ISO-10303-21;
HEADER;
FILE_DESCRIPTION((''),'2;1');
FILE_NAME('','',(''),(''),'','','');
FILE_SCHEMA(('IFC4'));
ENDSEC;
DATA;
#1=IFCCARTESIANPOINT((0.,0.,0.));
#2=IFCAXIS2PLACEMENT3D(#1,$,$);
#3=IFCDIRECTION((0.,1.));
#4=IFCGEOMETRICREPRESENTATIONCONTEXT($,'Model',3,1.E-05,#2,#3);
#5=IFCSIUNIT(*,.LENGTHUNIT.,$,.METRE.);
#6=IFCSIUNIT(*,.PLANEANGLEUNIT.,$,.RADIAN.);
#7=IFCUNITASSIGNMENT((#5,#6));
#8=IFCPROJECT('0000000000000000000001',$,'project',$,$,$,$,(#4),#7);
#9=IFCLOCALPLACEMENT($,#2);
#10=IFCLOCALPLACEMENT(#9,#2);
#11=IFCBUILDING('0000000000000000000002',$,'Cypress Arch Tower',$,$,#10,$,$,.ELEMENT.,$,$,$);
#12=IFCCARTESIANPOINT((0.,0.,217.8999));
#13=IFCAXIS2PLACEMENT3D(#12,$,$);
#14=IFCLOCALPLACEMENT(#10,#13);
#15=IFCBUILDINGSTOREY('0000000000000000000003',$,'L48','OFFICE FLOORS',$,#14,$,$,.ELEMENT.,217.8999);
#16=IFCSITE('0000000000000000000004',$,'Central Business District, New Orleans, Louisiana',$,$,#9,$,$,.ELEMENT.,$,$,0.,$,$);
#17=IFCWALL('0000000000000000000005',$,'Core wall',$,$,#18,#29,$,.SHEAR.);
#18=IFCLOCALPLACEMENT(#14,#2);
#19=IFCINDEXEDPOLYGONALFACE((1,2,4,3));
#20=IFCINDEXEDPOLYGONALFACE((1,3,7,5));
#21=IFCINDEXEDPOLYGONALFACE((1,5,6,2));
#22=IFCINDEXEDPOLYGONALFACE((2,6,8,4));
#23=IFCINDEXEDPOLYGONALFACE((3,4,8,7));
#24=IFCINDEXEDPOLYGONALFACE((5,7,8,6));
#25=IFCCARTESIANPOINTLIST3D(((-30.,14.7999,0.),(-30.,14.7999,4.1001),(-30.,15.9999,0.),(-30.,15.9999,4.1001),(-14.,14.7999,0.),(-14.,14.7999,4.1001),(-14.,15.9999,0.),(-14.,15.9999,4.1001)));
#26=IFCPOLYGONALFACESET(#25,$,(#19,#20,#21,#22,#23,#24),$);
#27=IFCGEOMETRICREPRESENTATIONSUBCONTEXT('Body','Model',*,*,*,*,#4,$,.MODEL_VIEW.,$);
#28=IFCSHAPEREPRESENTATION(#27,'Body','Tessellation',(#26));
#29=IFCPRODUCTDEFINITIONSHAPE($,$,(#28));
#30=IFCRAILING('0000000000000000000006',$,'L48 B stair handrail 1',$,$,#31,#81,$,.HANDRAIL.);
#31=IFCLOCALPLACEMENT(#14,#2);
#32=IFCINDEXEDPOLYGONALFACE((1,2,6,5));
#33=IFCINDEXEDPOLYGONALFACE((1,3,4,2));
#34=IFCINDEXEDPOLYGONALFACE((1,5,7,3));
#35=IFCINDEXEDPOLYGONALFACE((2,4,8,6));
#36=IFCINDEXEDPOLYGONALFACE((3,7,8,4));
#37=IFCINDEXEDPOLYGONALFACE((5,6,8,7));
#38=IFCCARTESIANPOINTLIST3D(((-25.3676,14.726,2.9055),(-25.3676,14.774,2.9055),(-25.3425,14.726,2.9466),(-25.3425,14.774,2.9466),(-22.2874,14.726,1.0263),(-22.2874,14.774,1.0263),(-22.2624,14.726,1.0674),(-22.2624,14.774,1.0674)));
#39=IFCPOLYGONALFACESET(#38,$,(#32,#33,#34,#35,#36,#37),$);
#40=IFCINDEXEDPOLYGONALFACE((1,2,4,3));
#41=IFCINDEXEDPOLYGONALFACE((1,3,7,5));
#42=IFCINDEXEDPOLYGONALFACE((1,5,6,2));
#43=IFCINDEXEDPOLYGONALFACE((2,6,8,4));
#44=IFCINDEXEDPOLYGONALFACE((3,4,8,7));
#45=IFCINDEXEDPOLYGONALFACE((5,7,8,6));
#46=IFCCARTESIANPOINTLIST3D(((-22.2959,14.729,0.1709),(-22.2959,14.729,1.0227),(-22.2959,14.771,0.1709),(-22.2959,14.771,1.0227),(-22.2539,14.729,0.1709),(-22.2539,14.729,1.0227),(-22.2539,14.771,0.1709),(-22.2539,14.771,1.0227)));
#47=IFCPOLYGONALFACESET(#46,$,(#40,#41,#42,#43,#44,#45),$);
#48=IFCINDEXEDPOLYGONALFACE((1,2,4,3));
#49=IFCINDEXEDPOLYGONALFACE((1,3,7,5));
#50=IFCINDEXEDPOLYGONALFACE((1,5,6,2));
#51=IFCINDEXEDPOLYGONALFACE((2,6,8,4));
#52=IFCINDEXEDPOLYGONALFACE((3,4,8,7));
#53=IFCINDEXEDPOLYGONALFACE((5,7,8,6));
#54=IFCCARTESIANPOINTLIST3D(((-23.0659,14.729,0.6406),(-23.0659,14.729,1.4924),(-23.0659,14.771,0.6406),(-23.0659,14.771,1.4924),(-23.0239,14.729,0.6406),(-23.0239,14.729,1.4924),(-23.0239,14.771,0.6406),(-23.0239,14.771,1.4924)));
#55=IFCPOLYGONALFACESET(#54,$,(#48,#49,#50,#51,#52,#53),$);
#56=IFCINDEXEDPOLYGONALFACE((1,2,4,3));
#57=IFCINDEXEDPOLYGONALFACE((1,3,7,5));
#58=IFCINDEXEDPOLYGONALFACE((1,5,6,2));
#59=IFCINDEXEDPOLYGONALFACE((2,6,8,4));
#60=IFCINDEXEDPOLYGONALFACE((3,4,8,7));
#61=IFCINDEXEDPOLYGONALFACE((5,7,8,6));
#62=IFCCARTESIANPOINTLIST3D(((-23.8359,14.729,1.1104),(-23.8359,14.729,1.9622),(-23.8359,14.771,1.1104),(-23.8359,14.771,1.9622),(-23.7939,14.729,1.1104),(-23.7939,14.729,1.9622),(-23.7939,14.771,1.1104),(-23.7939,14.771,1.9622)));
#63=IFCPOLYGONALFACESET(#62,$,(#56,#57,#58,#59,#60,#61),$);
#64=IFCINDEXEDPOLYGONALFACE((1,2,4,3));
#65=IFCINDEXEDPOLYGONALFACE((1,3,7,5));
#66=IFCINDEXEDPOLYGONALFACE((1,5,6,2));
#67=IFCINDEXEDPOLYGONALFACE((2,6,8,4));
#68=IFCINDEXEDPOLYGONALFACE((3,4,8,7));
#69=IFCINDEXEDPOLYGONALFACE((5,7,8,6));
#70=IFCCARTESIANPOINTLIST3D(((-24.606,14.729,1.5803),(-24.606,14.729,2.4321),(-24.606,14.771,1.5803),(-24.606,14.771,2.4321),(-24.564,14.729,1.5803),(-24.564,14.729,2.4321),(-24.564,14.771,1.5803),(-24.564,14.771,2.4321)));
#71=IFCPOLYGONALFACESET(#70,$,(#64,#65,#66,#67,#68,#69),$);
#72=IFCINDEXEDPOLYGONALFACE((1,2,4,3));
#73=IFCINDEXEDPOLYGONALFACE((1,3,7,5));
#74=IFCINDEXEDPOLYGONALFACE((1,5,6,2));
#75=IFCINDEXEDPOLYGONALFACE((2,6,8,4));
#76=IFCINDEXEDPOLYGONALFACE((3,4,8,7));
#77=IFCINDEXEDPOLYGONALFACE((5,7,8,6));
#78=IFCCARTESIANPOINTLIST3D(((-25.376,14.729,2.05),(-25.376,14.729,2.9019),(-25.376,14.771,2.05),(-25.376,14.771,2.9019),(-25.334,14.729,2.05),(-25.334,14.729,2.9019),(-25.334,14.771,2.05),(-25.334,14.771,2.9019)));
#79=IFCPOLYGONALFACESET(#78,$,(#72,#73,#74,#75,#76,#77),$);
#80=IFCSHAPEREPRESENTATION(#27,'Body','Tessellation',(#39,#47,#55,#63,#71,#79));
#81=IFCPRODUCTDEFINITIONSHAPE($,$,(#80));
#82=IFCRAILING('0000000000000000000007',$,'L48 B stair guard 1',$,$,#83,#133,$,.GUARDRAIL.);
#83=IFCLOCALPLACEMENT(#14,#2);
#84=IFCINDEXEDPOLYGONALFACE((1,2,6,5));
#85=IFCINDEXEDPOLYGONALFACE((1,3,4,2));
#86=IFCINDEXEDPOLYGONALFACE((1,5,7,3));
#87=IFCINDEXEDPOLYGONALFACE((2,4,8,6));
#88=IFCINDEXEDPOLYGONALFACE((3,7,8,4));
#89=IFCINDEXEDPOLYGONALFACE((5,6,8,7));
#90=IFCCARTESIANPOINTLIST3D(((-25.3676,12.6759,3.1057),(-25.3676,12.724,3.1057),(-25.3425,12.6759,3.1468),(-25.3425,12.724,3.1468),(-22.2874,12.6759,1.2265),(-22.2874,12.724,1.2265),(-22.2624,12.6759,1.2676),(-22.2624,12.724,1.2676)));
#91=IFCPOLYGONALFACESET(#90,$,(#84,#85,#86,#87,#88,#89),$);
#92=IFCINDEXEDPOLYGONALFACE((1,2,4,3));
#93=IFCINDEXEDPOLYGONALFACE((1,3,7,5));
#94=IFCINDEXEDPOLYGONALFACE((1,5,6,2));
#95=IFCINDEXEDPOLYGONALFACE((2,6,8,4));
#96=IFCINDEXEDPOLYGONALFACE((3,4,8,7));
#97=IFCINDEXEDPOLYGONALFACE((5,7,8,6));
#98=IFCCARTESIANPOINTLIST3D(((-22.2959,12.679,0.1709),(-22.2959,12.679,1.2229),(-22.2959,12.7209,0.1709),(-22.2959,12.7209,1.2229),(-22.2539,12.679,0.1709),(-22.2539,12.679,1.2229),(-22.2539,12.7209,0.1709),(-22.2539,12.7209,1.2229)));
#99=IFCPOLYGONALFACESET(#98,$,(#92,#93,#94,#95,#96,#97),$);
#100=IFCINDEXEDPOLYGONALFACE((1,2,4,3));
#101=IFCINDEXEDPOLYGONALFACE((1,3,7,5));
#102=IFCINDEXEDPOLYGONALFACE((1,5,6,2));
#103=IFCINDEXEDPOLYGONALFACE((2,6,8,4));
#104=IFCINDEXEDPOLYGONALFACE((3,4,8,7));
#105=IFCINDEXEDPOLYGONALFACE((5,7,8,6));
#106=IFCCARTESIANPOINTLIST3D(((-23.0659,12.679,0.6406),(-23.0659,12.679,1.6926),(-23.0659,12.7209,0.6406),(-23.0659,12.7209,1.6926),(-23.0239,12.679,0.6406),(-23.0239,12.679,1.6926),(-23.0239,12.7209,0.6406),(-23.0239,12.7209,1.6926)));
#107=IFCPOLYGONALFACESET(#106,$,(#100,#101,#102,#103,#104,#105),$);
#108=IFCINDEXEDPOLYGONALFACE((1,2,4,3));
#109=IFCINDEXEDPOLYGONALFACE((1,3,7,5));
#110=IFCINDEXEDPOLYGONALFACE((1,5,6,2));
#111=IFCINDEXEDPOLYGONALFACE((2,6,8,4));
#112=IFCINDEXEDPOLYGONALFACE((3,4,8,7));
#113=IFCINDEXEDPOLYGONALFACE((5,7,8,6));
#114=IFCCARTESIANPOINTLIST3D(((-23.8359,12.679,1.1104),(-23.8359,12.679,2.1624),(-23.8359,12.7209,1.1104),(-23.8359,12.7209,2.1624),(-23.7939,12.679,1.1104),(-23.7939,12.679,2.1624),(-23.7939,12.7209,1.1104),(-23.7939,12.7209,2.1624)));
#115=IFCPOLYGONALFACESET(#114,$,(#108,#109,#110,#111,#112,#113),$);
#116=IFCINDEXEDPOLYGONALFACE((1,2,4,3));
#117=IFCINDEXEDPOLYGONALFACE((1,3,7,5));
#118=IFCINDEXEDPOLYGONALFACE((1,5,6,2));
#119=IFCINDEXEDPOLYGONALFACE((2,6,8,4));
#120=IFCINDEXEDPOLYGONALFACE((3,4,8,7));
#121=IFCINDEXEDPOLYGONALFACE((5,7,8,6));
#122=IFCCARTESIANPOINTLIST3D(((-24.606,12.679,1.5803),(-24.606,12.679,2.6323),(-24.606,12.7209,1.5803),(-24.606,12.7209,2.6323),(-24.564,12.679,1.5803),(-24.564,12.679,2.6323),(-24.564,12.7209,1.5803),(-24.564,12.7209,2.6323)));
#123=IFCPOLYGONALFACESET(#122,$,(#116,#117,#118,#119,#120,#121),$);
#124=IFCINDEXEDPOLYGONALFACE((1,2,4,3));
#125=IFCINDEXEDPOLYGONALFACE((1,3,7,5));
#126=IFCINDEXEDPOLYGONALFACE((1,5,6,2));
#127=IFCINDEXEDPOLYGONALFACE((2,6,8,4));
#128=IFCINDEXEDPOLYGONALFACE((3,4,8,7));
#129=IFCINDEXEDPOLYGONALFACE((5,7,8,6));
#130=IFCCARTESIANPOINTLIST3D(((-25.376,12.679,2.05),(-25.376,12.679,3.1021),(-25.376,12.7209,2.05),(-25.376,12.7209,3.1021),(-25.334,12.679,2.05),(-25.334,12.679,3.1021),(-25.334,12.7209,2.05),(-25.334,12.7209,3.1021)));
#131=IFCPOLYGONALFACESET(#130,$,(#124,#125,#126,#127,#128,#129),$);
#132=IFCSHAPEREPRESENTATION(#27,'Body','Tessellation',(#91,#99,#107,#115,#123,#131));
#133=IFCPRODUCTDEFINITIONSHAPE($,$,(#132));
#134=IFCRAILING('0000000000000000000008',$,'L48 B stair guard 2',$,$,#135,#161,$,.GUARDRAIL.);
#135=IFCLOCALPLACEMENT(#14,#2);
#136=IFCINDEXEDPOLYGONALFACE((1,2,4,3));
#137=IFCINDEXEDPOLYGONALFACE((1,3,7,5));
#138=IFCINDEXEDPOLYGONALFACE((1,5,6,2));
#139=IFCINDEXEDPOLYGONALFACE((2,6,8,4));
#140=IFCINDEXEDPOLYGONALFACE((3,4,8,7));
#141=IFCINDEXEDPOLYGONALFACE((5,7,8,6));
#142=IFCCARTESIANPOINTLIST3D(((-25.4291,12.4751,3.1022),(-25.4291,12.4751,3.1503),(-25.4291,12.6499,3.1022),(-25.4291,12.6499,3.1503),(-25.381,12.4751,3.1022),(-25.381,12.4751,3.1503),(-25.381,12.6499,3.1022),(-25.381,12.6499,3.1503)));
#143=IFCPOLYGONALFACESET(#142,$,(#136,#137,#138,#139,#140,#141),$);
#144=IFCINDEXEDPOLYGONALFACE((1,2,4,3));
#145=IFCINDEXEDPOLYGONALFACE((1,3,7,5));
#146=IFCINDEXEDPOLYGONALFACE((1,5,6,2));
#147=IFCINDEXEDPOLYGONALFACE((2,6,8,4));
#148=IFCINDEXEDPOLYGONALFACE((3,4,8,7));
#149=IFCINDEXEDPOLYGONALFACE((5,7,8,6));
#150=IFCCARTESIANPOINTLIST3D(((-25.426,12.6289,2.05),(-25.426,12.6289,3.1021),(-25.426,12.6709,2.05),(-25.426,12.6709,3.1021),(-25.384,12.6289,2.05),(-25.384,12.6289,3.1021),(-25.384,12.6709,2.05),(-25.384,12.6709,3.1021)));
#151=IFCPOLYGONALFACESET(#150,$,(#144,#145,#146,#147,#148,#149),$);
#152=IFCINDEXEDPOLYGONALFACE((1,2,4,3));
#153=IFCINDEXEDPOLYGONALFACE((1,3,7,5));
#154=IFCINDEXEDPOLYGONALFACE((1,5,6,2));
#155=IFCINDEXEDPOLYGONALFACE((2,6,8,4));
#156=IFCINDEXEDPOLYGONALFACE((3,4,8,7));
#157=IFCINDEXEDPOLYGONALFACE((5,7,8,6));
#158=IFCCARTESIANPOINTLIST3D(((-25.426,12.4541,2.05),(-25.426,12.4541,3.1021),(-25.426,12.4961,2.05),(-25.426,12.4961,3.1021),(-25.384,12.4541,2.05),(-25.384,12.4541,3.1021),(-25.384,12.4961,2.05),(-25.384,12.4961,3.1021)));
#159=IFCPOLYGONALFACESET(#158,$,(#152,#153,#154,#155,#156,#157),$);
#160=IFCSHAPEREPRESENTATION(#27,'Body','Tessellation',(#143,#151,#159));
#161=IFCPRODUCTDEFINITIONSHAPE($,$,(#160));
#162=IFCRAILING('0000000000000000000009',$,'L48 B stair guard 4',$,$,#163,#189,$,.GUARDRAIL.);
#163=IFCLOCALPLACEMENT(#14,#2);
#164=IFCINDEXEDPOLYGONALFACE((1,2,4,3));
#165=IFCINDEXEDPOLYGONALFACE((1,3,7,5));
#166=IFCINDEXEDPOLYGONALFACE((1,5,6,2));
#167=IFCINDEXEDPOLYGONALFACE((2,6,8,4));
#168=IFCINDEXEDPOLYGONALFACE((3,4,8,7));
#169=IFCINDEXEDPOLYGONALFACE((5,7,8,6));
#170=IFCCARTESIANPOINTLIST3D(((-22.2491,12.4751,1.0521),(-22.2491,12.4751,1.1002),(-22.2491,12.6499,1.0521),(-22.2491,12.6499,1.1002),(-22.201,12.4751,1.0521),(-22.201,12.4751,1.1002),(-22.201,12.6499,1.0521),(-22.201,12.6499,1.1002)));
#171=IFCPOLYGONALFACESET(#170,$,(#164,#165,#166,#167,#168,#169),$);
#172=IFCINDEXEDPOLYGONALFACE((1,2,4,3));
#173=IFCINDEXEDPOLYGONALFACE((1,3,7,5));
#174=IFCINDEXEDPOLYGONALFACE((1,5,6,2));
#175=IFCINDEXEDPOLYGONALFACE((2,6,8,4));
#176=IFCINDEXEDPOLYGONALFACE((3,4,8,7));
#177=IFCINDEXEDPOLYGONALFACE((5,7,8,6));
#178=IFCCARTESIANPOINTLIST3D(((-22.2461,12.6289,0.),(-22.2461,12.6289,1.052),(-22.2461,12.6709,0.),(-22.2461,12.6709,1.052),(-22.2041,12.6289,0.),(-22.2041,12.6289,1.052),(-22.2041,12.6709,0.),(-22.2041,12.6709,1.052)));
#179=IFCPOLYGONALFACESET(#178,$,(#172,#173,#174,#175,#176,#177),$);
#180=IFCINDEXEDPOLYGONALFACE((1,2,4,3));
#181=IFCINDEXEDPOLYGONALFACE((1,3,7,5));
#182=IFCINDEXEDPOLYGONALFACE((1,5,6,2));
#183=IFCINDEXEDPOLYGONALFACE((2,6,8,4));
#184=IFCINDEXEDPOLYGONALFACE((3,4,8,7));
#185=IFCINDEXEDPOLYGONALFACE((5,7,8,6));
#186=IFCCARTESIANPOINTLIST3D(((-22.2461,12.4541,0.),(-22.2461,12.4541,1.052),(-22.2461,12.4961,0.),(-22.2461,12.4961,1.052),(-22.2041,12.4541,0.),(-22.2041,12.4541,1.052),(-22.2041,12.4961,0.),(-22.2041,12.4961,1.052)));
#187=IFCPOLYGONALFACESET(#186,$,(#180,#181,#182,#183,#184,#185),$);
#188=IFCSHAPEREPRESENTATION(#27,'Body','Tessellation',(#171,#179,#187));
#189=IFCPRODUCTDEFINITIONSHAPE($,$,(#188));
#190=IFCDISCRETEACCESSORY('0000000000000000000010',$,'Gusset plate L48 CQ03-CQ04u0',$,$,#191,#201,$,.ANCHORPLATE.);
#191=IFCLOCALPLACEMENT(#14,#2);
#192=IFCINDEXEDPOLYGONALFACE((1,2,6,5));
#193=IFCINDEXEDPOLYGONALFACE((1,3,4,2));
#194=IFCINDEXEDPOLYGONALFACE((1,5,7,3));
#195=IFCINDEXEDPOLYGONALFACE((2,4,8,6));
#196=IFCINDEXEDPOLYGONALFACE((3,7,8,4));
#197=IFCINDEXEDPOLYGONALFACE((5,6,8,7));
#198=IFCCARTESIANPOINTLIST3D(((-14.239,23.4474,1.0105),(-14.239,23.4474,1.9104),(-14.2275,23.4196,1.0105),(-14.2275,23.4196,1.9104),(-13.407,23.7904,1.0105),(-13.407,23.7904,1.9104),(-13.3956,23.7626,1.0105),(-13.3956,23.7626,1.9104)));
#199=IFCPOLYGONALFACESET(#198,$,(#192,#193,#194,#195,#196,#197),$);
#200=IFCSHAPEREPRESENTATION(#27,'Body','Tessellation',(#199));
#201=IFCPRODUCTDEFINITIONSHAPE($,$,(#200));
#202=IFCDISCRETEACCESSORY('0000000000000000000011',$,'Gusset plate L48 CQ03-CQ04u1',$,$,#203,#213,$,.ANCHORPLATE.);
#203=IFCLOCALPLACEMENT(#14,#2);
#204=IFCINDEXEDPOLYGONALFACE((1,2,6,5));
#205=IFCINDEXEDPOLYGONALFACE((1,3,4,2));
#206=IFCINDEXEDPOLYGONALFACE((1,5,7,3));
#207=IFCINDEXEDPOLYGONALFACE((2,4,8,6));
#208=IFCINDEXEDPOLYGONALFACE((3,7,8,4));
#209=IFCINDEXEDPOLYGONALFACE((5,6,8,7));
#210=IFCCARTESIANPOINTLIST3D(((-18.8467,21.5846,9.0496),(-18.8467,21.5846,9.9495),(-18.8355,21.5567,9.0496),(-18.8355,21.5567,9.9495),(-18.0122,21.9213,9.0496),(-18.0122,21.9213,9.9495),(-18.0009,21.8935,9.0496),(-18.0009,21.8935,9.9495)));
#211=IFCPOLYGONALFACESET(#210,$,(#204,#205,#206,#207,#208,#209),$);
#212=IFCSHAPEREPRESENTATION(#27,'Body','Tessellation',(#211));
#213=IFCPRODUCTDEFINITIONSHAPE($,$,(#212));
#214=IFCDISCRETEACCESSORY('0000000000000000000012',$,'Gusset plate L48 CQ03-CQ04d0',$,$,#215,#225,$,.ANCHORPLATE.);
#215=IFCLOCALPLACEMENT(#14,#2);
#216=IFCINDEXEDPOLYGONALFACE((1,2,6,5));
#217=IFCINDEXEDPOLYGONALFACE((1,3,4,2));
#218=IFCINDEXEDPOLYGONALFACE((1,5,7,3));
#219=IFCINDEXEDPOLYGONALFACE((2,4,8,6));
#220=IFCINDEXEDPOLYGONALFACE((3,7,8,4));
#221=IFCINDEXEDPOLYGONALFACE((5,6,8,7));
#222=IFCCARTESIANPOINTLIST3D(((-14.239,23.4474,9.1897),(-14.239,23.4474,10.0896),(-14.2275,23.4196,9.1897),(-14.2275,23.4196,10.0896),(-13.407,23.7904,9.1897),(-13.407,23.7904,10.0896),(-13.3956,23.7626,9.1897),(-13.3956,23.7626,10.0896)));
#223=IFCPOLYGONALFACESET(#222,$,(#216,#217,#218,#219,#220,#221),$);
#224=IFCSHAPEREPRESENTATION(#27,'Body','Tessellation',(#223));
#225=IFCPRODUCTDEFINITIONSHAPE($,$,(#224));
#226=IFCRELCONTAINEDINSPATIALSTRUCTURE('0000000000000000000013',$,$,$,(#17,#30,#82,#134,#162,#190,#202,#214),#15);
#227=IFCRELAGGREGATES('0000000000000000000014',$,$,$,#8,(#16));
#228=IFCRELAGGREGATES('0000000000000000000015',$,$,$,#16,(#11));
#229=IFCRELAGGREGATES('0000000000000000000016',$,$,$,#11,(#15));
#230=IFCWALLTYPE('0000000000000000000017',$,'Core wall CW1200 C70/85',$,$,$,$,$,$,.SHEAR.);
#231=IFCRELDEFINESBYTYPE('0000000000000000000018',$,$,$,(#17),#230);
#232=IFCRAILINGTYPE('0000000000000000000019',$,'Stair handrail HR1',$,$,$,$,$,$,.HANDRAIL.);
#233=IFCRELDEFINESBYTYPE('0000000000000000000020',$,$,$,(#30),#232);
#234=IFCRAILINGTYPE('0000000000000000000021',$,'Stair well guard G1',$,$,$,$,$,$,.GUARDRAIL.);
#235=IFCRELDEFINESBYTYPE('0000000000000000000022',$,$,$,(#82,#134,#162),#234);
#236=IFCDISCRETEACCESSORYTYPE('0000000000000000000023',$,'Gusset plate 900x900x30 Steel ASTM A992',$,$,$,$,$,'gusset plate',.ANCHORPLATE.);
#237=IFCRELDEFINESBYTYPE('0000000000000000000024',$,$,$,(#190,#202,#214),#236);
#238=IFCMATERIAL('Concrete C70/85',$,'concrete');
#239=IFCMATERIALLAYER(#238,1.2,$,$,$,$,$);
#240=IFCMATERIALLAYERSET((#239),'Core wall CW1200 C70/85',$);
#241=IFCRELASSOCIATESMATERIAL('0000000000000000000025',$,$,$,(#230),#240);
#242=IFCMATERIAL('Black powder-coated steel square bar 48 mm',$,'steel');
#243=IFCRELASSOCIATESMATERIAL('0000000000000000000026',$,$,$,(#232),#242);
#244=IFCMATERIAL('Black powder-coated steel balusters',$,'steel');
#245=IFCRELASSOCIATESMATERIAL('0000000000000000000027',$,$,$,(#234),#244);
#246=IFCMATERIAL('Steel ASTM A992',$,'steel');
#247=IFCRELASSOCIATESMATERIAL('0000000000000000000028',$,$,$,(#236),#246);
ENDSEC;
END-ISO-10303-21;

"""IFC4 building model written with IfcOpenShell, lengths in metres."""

from ifc_helpers import new_model, si_unit, direction, frame, frame_2d, origin, origin_2d, place, context, subcontext, project, spatial, rectangle, extrude, material, layer, layer_set, material_profile, profile_set, type_object, element, save


model = new_model("IFC4")

# Units and contexts
model_context = context("Model", 3, precision=1e-05, world=origin(), true_north=direction((0.0, 1.0)))
body_context = subcontext(model_context, "Body", "Model", "MODEL_VIEW")
ifc_project = project(units=[si_unit("LENGTHUNIT", "METRE"), si_unit("PLANEANGLEUNIT", "RADIAN")], contexts=[model_context])

# Site, building, storey
site_placement = place(None, origin())
site = spatial("IfcSite", under=ifc_project, at=site_placement, Name="Central Business District, New Orleans, Louisiana", CompositionType="ELEMENT", RefElevation=0.0)
building_placement = place(site_placement, origin())
building = spatial("IfcBuilding", under=site, at=building_placement, Name="Cypress Arch Tower", CompositionType="ELEMENT")
storey_placement = place(building_placement, frame((0.0, 0.0, 217.8999)))
storey = spatial("IfcBuildingStorey", under=building, at=storey_placement, Name="L48", Description="OFFICE FLOORS", CompositionType="ELEMENT", Elevation=217.8999)

# Wall
ifc_material_1 = material(Name="Concrete C70/85", Category="concrete")
ifc_layer_1 = layer(ifc_material_1, 1.2)
ifc_layer_set_1 = layer_set([ifc_layer_1], Name="Core wall CW1200 C70/85")
wall_type_1 = type_object("IfcWallType", Name="Core wall CW1200 C70/85", PredefinedType="SHEAR", material=ifc_layer_set_1)
wall_1_placement = place(storey_placement, frame((-30.0, 15.3999, 0.0), z_axis=(0.0, 0.0, 1.0), x_axis=(1.0, 0.0, 0.0)))
element("IfcWall", 1, at=wall_1_placement, inside=storey, type_object=wall_type_1, Name="Core wall", PredefinedType="SHEAR", context=body_context, shape_type="SweptSolid", body=[
    extrude(rectangle(XDim=16.0, YDim=1.2, at=frame_2d((8.0, 0.0))), origin(), (0.0, 0.0, 1.0), 4.1001),
])

# Railings
ifc_material_2 = material(Name="Black powder-coated steel square bar 48 mm", Category="steel")
railing_type_1 = type_object("IfcRailingType", Name="Stair handrail HR1", PredefinedType="HANDRAIL", material=ifc_material_2)
railing_1_placement = place(storey_placement, frame((-22.2749, 14.75, 0.1709)))
element("IfcRailing", 2, at=railing_1_placement, inside=storey, type_object=railing_type_1, Name="L48 B stair handrail 1", PredefinedType="HANDRAIL", context=body_context, shape_type="SweptSolid", body=[
    extrude(rectangle(XDim=0.0481, YDim=0.0481, at=origin_2d()), frame((0.0, 0.0, 0.876), z_axis=(-0.853666, 0.0, 0.52082), x_axis=(0.0, -1.0, 0.0)), (0.0, 0.0, 1.0), 3.6082),
    extrude(rectangle(XDim=0.042, YDim=0.042, at=origin_2d()), origin(), (0.0, 0.0, 1.0), 0.8518),
    extrude(rectangle(XDim=0.042, YDim=0.042, at=origin_2d()), frame((-0.77, 0.0, 0.4697)), (0.0, 0.0, 1.0), 0.8518),
    extrude(rectangle(XDim=0.042, YDim=0.042, at=origin_2d()), frame((-1.54, 0.0, 0.9395)), (0.0, 0.0, 1.0), 0.8518),
    extrude(rectangle(XDim=0.042, YDim=0.042, at=origin_2d()), frame((-2.3101, 0.0, 1.4094)), (0.0, 0.0, 1.0), 0.8518),
    extrude(rectangle(XDim=0.042, YDim=0.042, at=origin_2d()), frame((-3.0801, 0.0, 1.8792)), (0.0, 0.0, 1.0), 0.8518),
])
ifc_material_3 = material(Name="Black powder-coated steel balusters", Category="steel")
railing_type_2 = type_object("IfcRailingType", Name="Stair well guard G1", PredefinedType="GUARDRAIL", material=ifc_material_3)
railing_2_placement = place(storey_placement, frame((-22.2749, 12.7, 0.1709)))
element("IfcRailing", 3, at=railing_2_placement, inside=storey, type_object=railing_type_2, Name="L48 B stair guard 1", PredefinedType="GUARDRAIL", context=body_context, shape_type="SweptSolid", body=[
    extrude(rectangle(XDim=0.0481, YDim=0.0481, at=origin_2d()), frame((0.0, 0.0, 1.0762), z_axis=(-0.853666, 0.0, 0.52082), x_axis=(0.0, -1.0, 0.0)), (0.0, 0.0, 1.0), 3.6082),
    extrude(rectangle(XDim=0.042, YDim=0.042, at=origin_2d()), origin(), (0.0, 0.0, 1.0), 1.052),
    extrude(rectangle(XDim=0.042, YDim=0.042, at=origin_2d()), frame((-0.77, 0.0, 0.4697)), (0.0, 0.0, 1.0), 1.052),
    extrude(rectangle(XDim=0.042, YDim=0.042, at=origin_2d()), frame((-1.54, 0.0, 0.9395)), (0.0, 0.0, 1.0), 1.052),
    extrude(rectangle(XDim=0.042, YDim=0.042, at=origin_2d()), frame((-2.3101, 0.0, 1.4094)), (0.0, 0.0, 1.0), 1.052),
    extrude(rectangle(XDim=0.042, YDim=0.042, at=origin_2d()), frame((-3.0801, 0.0, 1.8792)), (0.0, 0.0, 1.0), 1.052),
])
for number, where, name in (
    (4, (-25.405, 12.6499, 2.05), "L48 B stair guard 2"),
    (5, (-22.2251, 12.6499, 0.0), "L48 B stair guard 4"),
):
    element("IfcRailing", number, at=place(storey_placement, frame(where)), inside=storey, type_object=railing_type_2, Name=name, PredefinedType="GUARDRAIL", context=body_context, shape_type="SweptSolid", body=[
        extrude(rectangle(XDim=0.0481, YDim=0.0481, at=origin_2d()), frame((0.0, 0.0, 1.0762), z_axis=(0.0, -1.0, 0.0), x_axis=(1.0, 0.0, 0.0)), (0.0, 0.0, 1.0), 0.1748),
        extrude(rectangle(XDim=0.042, YDim=0.042, at=origin_2d()), origin(), (0.0, 0.0, 1.0), 1.052),
        extrude(rectangle(XDim=0.042, YDim=0.042, at=origin_2d()), frame((0.0, -0.1748, 0.0)), (0.0, 0.0, 1.0), 1.052),
    ])

# Discrete accessories
ifc_material_4 = material(Name="Steel ASTM A992", Category="steel")
ifc_material_profile_1 = material_profile(ifc_material_4, rectangle(XDim=0.8999, YDim=0.8999, at=origin_2d()), Name="PL 30 900x900")
ifc_profile_set_1 = profile_set([ifc_material_profile_1], Name="Steel ASTM A992")
discrete_accessory_type_1 = type_object("IfcDiscreteAccessoryType", Name="Gusset plate 900x900x30 Steel ASTM A992", ElementType="gusset plate", PredefinedType="ANCHORPLATE", material=ifc_profile_set_1)
for number, where, z_axis, x_axis, name in (
    (6, (-13.823, 23.6189, 1.4604), (0.381158, -0.92451, 0.0), (0.92451, 0.381158, 0.0), "Gusset plate L48 CQ03-CQ04u0"),
    (7, (-18.4294, 21.7529, 9.4995), (0.374194, -0.92735, 0.0), (0.92735, 0.374194, 0.0), "Gusset plate L48 CQ03-CQ04u1"),
    (8, (-13.823, 23.6189, 9.6396), (0.381158, -0.92451, 0.0), (0.92451, 0.381158, 0.0), "Gusset plate L48 CQ03-CQ04d0"),
):
    element("IfcDiscreteAccessory", number, at=place(storey_placement, frame(where, z_axis=z_axis, x_axis=x_axis)), inside=storey, type_object=discrete_accessory_type_1, Name=name, PredefinedType="ANCHORPLATE", context=body_context, shape_type="SweptSolid", body=[
        extrude(rectangle(XDim=0.8999, YDim=0.8999, at=origin_2d()), origin(), (0.0, 0.0, 1.0), 0.03),
    ])

save(model, "model.ifc")
